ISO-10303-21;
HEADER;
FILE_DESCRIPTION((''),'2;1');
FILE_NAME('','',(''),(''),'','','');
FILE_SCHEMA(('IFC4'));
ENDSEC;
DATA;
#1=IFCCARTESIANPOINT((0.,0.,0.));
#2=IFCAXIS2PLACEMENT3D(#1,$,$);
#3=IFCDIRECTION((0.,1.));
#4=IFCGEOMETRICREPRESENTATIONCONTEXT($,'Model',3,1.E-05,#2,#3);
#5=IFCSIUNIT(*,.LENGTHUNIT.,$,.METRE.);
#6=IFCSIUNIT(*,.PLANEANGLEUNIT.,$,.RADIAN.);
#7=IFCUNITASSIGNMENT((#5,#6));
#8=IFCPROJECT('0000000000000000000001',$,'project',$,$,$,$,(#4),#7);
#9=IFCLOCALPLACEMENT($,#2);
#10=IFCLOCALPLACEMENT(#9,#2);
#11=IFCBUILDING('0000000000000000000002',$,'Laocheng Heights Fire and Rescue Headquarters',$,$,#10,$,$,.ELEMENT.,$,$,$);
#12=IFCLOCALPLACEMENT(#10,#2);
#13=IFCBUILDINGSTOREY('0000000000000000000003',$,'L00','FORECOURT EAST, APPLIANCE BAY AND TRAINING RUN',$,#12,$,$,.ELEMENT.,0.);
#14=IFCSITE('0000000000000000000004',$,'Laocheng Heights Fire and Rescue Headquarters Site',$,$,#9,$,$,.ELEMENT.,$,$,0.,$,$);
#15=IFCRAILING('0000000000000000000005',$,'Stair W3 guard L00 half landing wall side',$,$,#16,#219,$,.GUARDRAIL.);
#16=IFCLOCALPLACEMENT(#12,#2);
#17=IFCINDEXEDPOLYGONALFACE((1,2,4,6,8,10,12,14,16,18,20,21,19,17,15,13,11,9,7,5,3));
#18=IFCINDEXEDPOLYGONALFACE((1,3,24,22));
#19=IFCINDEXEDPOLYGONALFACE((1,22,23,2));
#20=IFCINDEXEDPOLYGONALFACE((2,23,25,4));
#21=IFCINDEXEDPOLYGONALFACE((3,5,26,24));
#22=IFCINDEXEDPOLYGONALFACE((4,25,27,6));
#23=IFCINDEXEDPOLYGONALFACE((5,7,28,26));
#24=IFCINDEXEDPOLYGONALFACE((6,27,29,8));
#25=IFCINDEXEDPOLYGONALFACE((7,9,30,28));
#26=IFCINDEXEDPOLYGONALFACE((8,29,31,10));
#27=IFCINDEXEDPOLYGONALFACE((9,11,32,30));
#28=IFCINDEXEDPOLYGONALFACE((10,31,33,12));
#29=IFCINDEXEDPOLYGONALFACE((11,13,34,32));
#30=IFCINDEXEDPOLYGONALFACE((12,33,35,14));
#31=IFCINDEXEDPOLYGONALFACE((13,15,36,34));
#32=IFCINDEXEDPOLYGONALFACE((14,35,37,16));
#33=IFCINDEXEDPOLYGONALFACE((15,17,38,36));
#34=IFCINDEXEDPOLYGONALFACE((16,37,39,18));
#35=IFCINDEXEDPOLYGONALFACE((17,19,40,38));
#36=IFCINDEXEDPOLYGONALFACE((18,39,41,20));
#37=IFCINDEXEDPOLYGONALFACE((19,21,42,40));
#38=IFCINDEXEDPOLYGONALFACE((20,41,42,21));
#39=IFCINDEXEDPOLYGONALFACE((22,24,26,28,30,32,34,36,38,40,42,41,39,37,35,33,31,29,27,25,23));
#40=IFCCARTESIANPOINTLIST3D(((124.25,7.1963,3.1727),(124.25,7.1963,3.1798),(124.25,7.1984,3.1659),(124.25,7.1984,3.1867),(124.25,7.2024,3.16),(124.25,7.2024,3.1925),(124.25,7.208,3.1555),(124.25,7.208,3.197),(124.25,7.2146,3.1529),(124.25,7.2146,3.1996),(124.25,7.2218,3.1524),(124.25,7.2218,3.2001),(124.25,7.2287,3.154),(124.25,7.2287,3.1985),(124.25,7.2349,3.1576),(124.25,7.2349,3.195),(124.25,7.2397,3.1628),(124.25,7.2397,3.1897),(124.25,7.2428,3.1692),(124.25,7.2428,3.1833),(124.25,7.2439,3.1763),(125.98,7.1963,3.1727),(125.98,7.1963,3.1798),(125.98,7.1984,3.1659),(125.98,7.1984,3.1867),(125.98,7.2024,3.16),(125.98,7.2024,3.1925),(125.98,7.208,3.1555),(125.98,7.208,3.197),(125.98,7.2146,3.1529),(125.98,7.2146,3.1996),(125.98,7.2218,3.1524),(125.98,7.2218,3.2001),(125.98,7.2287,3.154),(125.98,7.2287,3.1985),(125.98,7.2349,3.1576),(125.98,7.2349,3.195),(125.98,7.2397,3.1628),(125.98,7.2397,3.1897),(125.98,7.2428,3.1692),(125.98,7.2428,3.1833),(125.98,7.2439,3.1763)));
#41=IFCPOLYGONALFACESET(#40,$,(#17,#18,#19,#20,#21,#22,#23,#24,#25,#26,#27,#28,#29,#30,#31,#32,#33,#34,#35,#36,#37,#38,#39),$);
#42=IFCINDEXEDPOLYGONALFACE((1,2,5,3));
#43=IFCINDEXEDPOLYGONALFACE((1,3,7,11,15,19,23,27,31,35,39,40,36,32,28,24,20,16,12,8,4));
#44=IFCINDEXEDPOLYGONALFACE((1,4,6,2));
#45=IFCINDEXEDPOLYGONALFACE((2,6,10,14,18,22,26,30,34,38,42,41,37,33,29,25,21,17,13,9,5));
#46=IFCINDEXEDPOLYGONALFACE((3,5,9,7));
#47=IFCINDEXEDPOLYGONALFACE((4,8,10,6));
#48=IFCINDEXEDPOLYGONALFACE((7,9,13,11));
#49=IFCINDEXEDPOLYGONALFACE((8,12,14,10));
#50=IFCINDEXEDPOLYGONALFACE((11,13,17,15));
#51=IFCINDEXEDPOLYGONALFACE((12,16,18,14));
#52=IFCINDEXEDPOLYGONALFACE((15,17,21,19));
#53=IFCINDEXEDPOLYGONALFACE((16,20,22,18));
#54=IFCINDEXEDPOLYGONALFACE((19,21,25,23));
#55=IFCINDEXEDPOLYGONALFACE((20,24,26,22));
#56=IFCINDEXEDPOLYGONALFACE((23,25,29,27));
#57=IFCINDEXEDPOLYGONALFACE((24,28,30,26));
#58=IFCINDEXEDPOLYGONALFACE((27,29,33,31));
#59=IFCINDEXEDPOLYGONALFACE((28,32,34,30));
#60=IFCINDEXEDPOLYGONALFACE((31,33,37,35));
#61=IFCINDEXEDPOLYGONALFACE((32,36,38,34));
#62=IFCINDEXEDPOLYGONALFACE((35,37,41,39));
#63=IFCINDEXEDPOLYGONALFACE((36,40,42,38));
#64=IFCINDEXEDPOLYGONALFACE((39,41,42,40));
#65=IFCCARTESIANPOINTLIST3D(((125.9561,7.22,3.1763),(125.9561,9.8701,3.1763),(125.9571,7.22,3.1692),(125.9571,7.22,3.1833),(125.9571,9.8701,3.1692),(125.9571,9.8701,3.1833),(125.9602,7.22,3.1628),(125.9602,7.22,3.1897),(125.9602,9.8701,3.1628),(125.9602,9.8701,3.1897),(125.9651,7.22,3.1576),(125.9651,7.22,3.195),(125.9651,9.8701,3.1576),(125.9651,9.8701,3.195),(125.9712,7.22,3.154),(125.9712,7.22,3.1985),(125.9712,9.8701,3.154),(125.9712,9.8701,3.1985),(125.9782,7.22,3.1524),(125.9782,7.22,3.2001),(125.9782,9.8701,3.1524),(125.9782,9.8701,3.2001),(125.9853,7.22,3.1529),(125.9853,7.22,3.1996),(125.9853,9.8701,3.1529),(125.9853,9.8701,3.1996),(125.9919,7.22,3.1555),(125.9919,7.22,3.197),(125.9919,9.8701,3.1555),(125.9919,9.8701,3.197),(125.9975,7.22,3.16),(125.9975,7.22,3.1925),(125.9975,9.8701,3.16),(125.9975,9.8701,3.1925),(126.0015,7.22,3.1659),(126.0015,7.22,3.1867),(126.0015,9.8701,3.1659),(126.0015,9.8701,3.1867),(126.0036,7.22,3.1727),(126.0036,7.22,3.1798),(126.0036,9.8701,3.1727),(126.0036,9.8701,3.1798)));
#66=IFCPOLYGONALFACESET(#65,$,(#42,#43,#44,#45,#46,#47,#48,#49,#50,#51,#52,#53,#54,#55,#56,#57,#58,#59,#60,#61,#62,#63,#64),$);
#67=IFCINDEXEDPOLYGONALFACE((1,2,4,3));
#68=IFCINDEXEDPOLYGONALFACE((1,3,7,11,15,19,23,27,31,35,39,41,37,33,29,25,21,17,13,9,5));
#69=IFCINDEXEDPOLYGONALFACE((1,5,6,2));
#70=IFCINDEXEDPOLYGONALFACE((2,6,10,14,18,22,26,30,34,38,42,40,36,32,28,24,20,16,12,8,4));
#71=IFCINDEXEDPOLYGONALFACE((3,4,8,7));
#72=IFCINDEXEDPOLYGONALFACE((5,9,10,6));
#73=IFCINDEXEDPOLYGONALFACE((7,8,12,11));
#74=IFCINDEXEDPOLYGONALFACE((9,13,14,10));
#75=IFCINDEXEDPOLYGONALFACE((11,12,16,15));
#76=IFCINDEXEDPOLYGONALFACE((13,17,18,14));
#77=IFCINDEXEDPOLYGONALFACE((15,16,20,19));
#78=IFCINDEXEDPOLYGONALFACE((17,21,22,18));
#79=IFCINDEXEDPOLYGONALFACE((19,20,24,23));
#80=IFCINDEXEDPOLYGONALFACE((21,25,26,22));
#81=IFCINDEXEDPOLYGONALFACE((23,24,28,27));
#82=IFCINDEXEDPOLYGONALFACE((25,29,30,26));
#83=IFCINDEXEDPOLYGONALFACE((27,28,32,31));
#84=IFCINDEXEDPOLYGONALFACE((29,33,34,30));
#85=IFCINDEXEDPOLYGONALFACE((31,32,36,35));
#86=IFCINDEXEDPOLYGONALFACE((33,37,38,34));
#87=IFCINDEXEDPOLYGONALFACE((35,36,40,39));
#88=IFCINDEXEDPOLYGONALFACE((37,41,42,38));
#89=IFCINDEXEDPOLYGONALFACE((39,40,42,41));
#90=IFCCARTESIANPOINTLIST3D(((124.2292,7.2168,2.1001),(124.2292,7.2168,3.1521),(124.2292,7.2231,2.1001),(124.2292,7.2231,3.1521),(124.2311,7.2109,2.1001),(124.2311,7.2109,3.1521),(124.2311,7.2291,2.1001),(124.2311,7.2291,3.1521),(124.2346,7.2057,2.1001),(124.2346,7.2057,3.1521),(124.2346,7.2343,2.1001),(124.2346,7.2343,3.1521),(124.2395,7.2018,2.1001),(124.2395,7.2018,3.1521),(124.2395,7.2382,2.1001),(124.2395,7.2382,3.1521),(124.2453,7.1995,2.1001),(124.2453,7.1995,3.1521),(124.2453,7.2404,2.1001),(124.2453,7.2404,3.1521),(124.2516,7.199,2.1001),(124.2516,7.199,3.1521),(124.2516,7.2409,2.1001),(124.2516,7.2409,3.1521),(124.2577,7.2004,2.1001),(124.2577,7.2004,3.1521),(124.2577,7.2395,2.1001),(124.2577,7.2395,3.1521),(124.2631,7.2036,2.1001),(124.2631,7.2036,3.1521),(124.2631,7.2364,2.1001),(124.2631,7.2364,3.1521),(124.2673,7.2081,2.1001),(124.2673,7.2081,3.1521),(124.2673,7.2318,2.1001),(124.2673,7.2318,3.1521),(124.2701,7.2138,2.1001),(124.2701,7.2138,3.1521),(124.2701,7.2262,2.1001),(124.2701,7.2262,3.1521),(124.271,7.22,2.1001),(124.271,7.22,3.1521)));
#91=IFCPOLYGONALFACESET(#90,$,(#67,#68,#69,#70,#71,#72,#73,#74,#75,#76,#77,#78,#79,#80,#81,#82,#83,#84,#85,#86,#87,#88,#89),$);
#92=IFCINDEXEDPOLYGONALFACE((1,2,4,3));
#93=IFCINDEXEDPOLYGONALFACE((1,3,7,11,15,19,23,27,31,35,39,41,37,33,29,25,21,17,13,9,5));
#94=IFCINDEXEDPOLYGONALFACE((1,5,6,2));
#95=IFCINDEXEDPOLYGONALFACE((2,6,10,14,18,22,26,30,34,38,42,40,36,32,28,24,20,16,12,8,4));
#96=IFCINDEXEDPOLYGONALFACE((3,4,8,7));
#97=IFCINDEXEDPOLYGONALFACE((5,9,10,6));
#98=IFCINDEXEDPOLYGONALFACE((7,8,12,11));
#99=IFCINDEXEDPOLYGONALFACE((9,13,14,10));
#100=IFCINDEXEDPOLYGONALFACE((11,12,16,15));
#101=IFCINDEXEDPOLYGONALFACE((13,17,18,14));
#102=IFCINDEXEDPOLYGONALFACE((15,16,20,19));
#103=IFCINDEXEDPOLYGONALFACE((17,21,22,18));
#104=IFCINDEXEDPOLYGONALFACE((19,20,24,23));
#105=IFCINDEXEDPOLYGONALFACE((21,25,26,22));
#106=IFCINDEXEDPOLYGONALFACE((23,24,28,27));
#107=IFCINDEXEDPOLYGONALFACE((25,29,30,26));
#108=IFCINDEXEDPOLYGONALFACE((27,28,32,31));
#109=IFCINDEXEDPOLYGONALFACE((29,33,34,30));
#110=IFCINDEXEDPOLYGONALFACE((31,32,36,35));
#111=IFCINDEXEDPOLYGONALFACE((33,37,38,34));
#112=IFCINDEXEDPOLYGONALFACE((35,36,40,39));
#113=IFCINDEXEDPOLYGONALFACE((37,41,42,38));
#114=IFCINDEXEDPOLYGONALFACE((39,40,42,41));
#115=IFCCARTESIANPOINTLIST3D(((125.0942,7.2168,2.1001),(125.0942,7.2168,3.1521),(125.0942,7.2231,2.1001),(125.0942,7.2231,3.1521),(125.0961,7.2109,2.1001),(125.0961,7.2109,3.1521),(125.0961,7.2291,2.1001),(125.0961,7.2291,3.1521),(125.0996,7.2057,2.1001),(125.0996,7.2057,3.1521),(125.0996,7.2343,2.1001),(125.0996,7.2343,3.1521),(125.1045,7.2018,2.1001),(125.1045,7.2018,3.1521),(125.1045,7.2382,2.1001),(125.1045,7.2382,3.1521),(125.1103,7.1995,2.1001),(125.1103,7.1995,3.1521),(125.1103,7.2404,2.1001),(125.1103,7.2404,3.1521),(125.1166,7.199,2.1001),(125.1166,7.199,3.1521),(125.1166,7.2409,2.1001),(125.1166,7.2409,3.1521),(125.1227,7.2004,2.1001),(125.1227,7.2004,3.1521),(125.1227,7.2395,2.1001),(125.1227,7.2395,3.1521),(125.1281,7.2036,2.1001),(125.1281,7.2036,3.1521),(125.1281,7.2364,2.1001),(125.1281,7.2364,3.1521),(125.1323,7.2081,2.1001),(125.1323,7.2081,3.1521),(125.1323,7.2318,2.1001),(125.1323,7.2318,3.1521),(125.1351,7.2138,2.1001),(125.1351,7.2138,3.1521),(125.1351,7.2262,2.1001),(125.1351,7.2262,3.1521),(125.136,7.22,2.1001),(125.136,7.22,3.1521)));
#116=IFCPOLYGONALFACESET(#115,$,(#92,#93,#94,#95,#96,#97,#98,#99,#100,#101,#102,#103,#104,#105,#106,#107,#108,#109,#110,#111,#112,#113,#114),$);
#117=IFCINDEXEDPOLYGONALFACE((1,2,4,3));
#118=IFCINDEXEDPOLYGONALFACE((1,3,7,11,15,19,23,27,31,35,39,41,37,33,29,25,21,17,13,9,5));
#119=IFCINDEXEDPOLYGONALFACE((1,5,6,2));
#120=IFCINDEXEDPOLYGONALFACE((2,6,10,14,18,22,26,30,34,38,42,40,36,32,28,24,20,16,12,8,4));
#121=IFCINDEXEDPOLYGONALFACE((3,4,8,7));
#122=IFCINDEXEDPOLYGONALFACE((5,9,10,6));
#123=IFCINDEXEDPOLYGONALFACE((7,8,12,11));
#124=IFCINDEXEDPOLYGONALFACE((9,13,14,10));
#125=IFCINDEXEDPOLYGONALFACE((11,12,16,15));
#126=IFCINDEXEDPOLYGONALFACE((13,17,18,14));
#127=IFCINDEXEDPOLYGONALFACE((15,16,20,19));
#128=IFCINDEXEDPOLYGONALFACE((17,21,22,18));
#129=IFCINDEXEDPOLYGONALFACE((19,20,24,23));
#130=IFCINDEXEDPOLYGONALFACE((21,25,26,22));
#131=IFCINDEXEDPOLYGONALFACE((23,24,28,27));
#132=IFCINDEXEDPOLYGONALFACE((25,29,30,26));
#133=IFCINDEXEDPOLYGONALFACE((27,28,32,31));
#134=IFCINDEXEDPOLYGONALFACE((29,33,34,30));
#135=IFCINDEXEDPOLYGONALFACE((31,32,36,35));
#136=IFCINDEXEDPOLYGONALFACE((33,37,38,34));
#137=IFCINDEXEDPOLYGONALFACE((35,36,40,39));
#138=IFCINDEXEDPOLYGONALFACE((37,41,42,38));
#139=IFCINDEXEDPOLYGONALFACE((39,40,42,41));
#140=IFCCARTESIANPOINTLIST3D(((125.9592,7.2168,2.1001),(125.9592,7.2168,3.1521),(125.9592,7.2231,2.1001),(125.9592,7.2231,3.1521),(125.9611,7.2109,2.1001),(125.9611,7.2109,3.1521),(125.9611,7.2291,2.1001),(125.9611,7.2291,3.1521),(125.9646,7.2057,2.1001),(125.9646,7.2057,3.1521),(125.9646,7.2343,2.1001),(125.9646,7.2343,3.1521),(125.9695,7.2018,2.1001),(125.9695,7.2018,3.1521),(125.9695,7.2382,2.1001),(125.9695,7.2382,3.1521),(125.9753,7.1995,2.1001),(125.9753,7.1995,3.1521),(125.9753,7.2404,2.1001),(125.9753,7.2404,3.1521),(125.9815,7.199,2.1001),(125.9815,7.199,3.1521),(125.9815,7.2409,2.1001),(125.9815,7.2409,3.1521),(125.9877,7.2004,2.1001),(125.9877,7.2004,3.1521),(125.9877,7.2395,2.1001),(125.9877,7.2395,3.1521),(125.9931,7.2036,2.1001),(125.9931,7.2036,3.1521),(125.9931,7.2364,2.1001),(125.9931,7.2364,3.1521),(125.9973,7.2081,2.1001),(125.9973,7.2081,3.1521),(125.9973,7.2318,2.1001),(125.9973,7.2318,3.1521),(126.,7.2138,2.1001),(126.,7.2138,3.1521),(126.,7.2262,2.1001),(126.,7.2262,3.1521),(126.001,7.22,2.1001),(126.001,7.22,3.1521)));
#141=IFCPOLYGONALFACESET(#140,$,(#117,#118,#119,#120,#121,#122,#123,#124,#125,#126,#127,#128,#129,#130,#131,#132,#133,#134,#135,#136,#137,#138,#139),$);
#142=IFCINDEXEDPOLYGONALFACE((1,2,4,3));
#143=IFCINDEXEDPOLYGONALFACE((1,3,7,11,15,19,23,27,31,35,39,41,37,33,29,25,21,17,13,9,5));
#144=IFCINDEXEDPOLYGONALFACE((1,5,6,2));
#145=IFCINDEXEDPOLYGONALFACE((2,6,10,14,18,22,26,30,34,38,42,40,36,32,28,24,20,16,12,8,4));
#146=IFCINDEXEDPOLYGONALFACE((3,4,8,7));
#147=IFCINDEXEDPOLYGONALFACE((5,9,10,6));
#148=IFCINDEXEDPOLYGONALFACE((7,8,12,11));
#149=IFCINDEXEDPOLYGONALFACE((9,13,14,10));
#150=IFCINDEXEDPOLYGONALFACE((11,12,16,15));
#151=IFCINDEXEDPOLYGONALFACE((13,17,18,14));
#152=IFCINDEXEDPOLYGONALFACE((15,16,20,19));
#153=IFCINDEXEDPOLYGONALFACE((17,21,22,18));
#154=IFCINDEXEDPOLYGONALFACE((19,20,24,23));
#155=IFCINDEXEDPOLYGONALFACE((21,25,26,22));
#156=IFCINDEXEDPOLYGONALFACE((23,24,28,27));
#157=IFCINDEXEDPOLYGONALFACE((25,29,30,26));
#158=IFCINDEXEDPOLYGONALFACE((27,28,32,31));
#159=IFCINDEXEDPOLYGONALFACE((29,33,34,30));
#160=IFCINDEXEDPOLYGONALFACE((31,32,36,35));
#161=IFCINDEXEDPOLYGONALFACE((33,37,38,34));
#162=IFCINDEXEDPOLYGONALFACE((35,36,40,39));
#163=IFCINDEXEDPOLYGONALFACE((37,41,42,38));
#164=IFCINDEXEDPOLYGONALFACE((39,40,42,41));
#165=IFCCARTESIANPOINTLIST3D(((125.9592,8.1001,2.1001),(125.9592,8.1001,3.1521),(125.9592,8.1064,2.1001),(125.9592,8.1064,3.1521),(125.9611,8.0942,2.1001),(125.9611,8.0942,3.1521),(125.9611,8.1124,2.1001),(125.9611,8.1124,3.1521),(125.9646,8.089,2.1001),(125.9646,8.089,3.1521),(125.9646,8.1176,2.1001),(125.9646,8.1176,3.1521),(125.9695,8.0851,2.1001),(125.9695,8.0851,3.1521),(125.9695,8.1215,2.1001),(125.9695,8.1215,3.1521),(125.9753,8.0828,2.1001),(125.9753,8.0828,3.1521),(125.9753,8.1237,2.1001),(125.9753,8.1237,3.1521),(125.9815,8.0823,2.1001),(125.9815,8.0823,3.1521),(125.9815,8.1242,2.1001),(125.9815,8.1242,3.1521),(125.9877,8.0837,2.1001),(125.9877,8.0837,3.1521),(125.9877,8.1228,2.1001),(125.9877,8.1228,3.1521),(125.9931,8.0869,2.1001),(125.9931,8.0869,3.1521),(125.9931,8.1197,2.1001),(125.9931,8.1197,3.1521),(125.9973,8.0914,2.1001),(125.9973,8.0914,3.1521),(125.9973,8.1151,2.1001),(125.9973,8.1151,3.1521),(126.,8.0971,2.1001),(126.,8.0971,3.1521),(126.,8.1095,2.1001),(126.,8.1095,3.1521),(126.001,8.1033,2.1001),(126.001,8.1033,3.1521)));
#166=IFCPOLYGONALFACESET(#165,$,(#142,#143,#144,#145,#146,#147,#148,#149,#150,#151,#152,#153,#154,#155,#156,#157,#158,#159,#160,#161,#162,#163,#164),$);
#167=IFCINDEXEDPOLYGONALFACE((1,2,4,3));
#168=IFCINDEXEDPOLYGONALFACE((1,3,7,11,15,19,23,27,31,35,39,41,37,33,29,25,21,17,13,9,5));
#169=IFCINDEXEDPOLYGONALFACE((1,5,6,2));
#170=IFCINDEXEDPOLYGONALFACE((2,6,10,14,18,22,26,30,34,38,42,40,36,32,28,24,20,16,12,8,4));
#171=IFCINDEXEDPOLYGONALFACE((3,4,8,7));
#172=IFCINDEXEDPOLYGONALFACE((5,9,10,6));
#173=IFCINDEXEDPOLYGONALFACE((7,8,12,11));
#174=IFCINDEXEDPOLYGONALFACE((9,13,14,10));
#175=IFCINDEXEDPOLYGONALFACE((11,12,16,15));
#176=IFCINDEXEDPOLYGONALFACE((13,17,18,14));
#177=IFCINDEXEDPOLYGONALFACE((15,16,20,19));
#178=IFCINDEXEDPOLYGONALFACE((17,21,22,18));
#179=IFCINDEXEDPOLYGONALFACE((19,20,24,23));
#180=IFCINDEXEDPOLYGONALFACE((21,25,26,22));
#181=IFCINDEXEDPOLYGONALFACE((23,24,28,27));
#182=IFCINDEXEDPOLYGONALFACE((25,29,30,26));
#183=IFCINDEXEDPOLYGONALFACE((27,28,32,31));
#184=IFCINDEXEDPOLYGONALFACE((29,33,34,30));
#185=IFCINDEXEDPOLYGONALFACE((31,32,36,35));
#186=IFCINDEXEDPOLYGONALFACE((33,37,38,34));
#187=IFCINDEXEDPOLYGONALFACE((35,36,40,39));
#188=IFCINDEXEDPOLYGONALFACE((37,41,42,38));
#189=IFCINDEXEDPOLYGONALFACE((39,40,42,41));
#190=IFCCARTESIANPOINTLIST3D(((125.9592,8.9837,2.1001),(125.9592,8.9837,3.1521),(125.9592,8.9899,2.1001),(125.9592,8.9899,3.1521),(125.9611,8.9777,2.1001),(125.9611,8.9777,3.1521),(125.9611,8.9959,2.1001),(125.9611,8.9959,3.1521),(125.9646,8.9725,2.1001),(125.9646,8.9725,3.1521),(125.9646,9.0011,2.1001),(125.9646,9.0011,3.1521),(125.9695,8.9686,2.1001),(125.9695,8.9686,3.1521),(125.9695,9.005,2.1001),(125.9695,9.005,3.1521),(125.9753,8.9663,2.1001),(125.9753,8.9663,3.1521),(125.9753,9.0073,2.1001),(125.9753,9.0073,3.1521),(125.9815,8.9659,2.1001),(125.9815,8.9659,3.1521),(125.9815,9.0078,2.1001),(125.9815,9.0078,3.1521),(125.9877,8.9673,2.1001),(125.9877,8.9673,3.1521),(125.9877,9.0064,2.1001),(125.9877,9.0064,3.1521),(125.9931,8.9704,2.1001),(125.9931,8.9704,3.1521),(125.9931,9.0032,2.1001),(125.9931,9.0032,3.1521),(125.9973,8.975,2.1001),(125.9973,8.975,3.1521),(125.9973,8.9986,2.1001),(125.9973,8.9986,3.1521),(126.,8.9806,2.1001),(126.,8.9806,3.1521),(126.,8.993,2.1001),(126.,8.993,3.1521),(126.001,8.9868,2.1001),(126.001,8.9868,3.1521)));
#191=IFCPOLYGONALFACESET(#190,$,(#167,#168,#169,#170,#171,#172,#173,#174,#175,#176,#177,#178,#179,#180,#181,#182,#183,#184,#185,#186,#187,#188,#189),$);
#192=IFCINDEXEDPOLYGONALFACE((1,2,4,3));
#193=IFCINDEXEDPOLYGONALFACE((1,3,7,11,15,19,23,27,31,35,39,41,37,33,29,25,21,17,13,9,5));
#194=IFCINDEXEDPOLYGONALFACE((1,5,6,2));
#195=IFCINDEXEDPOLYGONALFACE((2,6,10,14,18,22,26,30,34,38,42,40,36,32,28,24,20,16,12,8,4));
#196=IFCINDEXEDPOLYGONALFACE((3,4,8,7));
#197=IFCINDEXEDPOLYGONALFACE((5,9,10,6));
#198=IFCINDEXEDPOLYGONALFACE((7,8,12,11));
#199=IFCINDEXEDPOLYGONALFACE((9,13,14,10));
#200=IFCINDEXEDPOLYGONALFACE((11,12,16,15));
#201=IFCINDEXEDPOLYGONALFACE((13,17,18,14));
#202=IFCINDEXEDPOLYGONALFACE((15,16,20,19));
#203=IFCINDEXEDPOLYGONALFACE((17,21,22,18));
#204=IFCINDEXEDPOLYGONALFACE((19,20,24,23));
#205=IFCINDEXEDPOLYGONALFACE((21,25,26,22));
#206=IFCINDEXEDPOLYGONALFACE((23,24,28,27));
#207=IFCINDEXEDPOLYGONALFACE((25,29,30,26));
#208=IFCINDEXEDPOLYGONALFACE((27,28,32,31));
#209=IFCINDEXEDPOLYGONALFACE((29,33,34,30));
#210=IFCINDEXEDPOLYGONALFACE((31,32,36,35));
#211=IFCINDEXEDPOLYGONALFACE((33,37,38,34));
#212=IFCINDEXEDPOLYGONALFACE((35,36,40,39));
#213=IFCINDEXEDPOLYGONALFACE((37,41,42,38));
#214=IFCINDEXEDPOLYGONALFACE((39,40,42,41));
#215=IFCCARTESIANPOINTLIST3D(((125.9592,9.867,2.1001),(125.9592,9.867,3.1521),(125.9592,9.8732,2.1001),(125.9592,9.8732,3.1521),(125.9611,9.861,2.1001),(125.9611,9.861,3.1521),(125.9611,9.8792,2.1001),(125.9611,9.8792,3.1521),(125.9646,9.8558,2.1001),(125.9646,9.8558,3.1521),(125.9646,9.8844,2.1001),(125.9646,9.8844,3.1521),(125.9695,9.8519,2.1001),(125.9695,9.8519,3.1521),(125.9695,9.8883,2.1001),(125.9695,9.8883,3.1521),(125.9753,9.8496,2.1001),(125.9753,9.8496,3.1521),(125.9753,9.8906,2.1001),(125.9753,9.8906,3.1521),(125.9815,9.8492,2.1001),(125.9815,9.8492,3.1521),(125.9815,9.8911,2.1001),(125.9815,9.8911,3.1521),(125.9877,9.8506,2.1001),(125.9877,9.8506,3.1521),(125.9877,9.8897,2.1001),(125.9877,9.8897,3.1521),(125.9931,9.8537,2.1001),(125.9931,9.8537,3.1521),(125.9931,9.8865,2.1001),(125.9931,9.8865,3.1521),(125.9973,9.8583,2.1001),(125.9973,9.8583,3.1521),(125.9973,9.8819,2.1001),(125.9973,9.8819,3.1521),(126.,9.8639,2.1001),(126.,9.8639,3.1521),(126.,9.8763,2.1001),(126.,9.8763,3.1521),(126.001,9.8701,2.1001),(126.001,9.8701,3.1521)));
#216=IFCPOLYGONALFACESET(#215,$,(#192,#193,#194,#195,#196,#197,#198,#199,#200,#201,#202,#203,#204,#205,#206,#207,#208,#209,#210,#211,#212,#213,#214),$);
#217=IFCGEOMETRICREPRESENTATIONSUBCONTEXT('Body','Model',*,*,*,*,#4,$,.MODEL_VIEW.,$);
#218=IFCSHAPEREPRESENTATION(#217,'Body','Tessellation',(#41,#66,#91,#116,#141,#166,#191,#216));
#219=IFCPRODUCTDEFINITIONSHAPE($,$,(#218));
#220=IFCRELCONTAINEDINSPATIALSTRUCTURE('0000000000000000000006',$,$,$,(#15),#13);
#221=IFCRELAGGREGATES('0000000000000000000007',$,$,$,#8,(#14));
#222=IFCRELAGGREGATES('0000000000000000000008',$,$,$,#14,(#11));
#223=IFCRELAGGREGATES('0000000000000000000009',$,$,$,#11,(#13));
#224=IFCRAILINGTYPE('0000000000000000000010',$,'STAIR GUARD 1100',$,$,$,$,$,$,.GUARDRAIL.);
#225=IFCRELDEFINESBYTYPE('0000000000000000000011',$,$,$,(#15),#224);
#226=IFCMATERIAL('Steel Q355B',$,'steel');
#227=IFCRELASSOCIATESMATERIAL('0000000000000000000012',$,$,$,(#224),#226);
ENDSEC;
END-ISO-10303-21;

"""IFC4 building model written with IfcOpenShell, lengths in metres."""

from ifc_helpers import new_model, si_unit, direction, frame, origin, origin_2d, place, context, subcontext, project, spatial, circle, extrude, material, type_object, element, save


model = new_model("IFC4")

# Units and contexts
model_context = context("Model", 3, precision=1e-05, world=origin(), true_north=direction((0.0, 1.0)))
body_context = subcontext(model_context, "Body", "Model", "MODEL_VIEW")
ifc_project = project(units=[si_unit("LENGTHUNIT", "METRE"), si_unit("PLANEANGLEUNIT", "RADIAN")], contexts=[model_context])

# Site, building, storey
site_placement = place(None, origin())
site = spatial("IfcSite", under=ifc_project, at=site_placement, Name="Laocheng Heights Fire and Rescue Headquarters Site", CompositionType="ELEMENT", RefElevation=0.0)
building_placement = place(site_placement, origin())
building = spatial("IfcBuilding", under=site, at=building_placement, Name="Laocheng Heights Fire and Rescue Headquarters", CompositionType="ELEMENT")
storey_placement = place(building_placement, origin())
storey = spatial("IfcBuildingStorey", under=building, at=storey_placement, Name="L00", Description="FORECOURT EAST, APPLIANCE BAY AND TRAINING RUN", CompositionType="ELEMENT", Elevation=0.0)

# Railing
ifc_material_1 = material(Name="Steel Q355B", Category="steel")
railing_type_1 = type_object("IfcRailingType", Name="STAIR GUARD 1100", PredefinedType="GUARDRAIL", material=ifc_material_1)
railing_1_placement = place(storey_placement, frame((124.25, 7.22, 2.1001)))
element("IfcRailing", 1, at=railing_1_placement, inside=storey, type_object=railing_type_1, Name="Stair W3 guard L00 half landing wall side", PredefinedType="GUARDRAIL", context=body_context, shape_type="SweptSolid", body=[
    extrude(circle(Radius=0.0239, at=origin_2d()), frame((0.0, 0.0, 1.0762), z_axis=(1.0, 0.0, 0.0), x_axis=(0.0, 1.0, 0.0)), (0.0, 0.0, 1.0), 1.73),
    extrude(circle(Radius=0.0239, at=origin_2d()), frame((1.73, 0.0, 1.0762), z_axis=(0.0, 1.0, 0.0), x_axis=(-1.0, 0.0, 0.0)), (0.0, 0.0, 1.0), 2.6501),
    extrude(circle(Radius=0.021, at=origin_2d()), origin(), (0.0, 0.0, 1.0), 1.052),
    extrude(circle(Radius=0.021, at=origin_2d()), frame((0.865, 0.0, 0.0)), (0.0, 0.0, 1.0), 1.052),
    extrude(circle(Radius=0.021, at=origin_2d()), frame((1.73, 0.0, 0.0)), (0.0, 0.0, 1.0), 1.052),
    extrude(circle(Radius=0.021, at=origin_2d()), frame((1.73, 0.8833, 0.0)), (0.0, 0.0, 1.0), 1.052),
    extrude(circle(Radius=0.021, at=origin_2d()), frame((1.73, 1.7668, 0.0)), (0.0, 0.0, 1.0), 1.052),
    extrude(circle(Radius=0.021, at=origin_2d()), frame((1.73, 2.6501, 0.0)), (0.0, 0.0, 1.0), 1.052),
])

save(model, "model.ifc")
